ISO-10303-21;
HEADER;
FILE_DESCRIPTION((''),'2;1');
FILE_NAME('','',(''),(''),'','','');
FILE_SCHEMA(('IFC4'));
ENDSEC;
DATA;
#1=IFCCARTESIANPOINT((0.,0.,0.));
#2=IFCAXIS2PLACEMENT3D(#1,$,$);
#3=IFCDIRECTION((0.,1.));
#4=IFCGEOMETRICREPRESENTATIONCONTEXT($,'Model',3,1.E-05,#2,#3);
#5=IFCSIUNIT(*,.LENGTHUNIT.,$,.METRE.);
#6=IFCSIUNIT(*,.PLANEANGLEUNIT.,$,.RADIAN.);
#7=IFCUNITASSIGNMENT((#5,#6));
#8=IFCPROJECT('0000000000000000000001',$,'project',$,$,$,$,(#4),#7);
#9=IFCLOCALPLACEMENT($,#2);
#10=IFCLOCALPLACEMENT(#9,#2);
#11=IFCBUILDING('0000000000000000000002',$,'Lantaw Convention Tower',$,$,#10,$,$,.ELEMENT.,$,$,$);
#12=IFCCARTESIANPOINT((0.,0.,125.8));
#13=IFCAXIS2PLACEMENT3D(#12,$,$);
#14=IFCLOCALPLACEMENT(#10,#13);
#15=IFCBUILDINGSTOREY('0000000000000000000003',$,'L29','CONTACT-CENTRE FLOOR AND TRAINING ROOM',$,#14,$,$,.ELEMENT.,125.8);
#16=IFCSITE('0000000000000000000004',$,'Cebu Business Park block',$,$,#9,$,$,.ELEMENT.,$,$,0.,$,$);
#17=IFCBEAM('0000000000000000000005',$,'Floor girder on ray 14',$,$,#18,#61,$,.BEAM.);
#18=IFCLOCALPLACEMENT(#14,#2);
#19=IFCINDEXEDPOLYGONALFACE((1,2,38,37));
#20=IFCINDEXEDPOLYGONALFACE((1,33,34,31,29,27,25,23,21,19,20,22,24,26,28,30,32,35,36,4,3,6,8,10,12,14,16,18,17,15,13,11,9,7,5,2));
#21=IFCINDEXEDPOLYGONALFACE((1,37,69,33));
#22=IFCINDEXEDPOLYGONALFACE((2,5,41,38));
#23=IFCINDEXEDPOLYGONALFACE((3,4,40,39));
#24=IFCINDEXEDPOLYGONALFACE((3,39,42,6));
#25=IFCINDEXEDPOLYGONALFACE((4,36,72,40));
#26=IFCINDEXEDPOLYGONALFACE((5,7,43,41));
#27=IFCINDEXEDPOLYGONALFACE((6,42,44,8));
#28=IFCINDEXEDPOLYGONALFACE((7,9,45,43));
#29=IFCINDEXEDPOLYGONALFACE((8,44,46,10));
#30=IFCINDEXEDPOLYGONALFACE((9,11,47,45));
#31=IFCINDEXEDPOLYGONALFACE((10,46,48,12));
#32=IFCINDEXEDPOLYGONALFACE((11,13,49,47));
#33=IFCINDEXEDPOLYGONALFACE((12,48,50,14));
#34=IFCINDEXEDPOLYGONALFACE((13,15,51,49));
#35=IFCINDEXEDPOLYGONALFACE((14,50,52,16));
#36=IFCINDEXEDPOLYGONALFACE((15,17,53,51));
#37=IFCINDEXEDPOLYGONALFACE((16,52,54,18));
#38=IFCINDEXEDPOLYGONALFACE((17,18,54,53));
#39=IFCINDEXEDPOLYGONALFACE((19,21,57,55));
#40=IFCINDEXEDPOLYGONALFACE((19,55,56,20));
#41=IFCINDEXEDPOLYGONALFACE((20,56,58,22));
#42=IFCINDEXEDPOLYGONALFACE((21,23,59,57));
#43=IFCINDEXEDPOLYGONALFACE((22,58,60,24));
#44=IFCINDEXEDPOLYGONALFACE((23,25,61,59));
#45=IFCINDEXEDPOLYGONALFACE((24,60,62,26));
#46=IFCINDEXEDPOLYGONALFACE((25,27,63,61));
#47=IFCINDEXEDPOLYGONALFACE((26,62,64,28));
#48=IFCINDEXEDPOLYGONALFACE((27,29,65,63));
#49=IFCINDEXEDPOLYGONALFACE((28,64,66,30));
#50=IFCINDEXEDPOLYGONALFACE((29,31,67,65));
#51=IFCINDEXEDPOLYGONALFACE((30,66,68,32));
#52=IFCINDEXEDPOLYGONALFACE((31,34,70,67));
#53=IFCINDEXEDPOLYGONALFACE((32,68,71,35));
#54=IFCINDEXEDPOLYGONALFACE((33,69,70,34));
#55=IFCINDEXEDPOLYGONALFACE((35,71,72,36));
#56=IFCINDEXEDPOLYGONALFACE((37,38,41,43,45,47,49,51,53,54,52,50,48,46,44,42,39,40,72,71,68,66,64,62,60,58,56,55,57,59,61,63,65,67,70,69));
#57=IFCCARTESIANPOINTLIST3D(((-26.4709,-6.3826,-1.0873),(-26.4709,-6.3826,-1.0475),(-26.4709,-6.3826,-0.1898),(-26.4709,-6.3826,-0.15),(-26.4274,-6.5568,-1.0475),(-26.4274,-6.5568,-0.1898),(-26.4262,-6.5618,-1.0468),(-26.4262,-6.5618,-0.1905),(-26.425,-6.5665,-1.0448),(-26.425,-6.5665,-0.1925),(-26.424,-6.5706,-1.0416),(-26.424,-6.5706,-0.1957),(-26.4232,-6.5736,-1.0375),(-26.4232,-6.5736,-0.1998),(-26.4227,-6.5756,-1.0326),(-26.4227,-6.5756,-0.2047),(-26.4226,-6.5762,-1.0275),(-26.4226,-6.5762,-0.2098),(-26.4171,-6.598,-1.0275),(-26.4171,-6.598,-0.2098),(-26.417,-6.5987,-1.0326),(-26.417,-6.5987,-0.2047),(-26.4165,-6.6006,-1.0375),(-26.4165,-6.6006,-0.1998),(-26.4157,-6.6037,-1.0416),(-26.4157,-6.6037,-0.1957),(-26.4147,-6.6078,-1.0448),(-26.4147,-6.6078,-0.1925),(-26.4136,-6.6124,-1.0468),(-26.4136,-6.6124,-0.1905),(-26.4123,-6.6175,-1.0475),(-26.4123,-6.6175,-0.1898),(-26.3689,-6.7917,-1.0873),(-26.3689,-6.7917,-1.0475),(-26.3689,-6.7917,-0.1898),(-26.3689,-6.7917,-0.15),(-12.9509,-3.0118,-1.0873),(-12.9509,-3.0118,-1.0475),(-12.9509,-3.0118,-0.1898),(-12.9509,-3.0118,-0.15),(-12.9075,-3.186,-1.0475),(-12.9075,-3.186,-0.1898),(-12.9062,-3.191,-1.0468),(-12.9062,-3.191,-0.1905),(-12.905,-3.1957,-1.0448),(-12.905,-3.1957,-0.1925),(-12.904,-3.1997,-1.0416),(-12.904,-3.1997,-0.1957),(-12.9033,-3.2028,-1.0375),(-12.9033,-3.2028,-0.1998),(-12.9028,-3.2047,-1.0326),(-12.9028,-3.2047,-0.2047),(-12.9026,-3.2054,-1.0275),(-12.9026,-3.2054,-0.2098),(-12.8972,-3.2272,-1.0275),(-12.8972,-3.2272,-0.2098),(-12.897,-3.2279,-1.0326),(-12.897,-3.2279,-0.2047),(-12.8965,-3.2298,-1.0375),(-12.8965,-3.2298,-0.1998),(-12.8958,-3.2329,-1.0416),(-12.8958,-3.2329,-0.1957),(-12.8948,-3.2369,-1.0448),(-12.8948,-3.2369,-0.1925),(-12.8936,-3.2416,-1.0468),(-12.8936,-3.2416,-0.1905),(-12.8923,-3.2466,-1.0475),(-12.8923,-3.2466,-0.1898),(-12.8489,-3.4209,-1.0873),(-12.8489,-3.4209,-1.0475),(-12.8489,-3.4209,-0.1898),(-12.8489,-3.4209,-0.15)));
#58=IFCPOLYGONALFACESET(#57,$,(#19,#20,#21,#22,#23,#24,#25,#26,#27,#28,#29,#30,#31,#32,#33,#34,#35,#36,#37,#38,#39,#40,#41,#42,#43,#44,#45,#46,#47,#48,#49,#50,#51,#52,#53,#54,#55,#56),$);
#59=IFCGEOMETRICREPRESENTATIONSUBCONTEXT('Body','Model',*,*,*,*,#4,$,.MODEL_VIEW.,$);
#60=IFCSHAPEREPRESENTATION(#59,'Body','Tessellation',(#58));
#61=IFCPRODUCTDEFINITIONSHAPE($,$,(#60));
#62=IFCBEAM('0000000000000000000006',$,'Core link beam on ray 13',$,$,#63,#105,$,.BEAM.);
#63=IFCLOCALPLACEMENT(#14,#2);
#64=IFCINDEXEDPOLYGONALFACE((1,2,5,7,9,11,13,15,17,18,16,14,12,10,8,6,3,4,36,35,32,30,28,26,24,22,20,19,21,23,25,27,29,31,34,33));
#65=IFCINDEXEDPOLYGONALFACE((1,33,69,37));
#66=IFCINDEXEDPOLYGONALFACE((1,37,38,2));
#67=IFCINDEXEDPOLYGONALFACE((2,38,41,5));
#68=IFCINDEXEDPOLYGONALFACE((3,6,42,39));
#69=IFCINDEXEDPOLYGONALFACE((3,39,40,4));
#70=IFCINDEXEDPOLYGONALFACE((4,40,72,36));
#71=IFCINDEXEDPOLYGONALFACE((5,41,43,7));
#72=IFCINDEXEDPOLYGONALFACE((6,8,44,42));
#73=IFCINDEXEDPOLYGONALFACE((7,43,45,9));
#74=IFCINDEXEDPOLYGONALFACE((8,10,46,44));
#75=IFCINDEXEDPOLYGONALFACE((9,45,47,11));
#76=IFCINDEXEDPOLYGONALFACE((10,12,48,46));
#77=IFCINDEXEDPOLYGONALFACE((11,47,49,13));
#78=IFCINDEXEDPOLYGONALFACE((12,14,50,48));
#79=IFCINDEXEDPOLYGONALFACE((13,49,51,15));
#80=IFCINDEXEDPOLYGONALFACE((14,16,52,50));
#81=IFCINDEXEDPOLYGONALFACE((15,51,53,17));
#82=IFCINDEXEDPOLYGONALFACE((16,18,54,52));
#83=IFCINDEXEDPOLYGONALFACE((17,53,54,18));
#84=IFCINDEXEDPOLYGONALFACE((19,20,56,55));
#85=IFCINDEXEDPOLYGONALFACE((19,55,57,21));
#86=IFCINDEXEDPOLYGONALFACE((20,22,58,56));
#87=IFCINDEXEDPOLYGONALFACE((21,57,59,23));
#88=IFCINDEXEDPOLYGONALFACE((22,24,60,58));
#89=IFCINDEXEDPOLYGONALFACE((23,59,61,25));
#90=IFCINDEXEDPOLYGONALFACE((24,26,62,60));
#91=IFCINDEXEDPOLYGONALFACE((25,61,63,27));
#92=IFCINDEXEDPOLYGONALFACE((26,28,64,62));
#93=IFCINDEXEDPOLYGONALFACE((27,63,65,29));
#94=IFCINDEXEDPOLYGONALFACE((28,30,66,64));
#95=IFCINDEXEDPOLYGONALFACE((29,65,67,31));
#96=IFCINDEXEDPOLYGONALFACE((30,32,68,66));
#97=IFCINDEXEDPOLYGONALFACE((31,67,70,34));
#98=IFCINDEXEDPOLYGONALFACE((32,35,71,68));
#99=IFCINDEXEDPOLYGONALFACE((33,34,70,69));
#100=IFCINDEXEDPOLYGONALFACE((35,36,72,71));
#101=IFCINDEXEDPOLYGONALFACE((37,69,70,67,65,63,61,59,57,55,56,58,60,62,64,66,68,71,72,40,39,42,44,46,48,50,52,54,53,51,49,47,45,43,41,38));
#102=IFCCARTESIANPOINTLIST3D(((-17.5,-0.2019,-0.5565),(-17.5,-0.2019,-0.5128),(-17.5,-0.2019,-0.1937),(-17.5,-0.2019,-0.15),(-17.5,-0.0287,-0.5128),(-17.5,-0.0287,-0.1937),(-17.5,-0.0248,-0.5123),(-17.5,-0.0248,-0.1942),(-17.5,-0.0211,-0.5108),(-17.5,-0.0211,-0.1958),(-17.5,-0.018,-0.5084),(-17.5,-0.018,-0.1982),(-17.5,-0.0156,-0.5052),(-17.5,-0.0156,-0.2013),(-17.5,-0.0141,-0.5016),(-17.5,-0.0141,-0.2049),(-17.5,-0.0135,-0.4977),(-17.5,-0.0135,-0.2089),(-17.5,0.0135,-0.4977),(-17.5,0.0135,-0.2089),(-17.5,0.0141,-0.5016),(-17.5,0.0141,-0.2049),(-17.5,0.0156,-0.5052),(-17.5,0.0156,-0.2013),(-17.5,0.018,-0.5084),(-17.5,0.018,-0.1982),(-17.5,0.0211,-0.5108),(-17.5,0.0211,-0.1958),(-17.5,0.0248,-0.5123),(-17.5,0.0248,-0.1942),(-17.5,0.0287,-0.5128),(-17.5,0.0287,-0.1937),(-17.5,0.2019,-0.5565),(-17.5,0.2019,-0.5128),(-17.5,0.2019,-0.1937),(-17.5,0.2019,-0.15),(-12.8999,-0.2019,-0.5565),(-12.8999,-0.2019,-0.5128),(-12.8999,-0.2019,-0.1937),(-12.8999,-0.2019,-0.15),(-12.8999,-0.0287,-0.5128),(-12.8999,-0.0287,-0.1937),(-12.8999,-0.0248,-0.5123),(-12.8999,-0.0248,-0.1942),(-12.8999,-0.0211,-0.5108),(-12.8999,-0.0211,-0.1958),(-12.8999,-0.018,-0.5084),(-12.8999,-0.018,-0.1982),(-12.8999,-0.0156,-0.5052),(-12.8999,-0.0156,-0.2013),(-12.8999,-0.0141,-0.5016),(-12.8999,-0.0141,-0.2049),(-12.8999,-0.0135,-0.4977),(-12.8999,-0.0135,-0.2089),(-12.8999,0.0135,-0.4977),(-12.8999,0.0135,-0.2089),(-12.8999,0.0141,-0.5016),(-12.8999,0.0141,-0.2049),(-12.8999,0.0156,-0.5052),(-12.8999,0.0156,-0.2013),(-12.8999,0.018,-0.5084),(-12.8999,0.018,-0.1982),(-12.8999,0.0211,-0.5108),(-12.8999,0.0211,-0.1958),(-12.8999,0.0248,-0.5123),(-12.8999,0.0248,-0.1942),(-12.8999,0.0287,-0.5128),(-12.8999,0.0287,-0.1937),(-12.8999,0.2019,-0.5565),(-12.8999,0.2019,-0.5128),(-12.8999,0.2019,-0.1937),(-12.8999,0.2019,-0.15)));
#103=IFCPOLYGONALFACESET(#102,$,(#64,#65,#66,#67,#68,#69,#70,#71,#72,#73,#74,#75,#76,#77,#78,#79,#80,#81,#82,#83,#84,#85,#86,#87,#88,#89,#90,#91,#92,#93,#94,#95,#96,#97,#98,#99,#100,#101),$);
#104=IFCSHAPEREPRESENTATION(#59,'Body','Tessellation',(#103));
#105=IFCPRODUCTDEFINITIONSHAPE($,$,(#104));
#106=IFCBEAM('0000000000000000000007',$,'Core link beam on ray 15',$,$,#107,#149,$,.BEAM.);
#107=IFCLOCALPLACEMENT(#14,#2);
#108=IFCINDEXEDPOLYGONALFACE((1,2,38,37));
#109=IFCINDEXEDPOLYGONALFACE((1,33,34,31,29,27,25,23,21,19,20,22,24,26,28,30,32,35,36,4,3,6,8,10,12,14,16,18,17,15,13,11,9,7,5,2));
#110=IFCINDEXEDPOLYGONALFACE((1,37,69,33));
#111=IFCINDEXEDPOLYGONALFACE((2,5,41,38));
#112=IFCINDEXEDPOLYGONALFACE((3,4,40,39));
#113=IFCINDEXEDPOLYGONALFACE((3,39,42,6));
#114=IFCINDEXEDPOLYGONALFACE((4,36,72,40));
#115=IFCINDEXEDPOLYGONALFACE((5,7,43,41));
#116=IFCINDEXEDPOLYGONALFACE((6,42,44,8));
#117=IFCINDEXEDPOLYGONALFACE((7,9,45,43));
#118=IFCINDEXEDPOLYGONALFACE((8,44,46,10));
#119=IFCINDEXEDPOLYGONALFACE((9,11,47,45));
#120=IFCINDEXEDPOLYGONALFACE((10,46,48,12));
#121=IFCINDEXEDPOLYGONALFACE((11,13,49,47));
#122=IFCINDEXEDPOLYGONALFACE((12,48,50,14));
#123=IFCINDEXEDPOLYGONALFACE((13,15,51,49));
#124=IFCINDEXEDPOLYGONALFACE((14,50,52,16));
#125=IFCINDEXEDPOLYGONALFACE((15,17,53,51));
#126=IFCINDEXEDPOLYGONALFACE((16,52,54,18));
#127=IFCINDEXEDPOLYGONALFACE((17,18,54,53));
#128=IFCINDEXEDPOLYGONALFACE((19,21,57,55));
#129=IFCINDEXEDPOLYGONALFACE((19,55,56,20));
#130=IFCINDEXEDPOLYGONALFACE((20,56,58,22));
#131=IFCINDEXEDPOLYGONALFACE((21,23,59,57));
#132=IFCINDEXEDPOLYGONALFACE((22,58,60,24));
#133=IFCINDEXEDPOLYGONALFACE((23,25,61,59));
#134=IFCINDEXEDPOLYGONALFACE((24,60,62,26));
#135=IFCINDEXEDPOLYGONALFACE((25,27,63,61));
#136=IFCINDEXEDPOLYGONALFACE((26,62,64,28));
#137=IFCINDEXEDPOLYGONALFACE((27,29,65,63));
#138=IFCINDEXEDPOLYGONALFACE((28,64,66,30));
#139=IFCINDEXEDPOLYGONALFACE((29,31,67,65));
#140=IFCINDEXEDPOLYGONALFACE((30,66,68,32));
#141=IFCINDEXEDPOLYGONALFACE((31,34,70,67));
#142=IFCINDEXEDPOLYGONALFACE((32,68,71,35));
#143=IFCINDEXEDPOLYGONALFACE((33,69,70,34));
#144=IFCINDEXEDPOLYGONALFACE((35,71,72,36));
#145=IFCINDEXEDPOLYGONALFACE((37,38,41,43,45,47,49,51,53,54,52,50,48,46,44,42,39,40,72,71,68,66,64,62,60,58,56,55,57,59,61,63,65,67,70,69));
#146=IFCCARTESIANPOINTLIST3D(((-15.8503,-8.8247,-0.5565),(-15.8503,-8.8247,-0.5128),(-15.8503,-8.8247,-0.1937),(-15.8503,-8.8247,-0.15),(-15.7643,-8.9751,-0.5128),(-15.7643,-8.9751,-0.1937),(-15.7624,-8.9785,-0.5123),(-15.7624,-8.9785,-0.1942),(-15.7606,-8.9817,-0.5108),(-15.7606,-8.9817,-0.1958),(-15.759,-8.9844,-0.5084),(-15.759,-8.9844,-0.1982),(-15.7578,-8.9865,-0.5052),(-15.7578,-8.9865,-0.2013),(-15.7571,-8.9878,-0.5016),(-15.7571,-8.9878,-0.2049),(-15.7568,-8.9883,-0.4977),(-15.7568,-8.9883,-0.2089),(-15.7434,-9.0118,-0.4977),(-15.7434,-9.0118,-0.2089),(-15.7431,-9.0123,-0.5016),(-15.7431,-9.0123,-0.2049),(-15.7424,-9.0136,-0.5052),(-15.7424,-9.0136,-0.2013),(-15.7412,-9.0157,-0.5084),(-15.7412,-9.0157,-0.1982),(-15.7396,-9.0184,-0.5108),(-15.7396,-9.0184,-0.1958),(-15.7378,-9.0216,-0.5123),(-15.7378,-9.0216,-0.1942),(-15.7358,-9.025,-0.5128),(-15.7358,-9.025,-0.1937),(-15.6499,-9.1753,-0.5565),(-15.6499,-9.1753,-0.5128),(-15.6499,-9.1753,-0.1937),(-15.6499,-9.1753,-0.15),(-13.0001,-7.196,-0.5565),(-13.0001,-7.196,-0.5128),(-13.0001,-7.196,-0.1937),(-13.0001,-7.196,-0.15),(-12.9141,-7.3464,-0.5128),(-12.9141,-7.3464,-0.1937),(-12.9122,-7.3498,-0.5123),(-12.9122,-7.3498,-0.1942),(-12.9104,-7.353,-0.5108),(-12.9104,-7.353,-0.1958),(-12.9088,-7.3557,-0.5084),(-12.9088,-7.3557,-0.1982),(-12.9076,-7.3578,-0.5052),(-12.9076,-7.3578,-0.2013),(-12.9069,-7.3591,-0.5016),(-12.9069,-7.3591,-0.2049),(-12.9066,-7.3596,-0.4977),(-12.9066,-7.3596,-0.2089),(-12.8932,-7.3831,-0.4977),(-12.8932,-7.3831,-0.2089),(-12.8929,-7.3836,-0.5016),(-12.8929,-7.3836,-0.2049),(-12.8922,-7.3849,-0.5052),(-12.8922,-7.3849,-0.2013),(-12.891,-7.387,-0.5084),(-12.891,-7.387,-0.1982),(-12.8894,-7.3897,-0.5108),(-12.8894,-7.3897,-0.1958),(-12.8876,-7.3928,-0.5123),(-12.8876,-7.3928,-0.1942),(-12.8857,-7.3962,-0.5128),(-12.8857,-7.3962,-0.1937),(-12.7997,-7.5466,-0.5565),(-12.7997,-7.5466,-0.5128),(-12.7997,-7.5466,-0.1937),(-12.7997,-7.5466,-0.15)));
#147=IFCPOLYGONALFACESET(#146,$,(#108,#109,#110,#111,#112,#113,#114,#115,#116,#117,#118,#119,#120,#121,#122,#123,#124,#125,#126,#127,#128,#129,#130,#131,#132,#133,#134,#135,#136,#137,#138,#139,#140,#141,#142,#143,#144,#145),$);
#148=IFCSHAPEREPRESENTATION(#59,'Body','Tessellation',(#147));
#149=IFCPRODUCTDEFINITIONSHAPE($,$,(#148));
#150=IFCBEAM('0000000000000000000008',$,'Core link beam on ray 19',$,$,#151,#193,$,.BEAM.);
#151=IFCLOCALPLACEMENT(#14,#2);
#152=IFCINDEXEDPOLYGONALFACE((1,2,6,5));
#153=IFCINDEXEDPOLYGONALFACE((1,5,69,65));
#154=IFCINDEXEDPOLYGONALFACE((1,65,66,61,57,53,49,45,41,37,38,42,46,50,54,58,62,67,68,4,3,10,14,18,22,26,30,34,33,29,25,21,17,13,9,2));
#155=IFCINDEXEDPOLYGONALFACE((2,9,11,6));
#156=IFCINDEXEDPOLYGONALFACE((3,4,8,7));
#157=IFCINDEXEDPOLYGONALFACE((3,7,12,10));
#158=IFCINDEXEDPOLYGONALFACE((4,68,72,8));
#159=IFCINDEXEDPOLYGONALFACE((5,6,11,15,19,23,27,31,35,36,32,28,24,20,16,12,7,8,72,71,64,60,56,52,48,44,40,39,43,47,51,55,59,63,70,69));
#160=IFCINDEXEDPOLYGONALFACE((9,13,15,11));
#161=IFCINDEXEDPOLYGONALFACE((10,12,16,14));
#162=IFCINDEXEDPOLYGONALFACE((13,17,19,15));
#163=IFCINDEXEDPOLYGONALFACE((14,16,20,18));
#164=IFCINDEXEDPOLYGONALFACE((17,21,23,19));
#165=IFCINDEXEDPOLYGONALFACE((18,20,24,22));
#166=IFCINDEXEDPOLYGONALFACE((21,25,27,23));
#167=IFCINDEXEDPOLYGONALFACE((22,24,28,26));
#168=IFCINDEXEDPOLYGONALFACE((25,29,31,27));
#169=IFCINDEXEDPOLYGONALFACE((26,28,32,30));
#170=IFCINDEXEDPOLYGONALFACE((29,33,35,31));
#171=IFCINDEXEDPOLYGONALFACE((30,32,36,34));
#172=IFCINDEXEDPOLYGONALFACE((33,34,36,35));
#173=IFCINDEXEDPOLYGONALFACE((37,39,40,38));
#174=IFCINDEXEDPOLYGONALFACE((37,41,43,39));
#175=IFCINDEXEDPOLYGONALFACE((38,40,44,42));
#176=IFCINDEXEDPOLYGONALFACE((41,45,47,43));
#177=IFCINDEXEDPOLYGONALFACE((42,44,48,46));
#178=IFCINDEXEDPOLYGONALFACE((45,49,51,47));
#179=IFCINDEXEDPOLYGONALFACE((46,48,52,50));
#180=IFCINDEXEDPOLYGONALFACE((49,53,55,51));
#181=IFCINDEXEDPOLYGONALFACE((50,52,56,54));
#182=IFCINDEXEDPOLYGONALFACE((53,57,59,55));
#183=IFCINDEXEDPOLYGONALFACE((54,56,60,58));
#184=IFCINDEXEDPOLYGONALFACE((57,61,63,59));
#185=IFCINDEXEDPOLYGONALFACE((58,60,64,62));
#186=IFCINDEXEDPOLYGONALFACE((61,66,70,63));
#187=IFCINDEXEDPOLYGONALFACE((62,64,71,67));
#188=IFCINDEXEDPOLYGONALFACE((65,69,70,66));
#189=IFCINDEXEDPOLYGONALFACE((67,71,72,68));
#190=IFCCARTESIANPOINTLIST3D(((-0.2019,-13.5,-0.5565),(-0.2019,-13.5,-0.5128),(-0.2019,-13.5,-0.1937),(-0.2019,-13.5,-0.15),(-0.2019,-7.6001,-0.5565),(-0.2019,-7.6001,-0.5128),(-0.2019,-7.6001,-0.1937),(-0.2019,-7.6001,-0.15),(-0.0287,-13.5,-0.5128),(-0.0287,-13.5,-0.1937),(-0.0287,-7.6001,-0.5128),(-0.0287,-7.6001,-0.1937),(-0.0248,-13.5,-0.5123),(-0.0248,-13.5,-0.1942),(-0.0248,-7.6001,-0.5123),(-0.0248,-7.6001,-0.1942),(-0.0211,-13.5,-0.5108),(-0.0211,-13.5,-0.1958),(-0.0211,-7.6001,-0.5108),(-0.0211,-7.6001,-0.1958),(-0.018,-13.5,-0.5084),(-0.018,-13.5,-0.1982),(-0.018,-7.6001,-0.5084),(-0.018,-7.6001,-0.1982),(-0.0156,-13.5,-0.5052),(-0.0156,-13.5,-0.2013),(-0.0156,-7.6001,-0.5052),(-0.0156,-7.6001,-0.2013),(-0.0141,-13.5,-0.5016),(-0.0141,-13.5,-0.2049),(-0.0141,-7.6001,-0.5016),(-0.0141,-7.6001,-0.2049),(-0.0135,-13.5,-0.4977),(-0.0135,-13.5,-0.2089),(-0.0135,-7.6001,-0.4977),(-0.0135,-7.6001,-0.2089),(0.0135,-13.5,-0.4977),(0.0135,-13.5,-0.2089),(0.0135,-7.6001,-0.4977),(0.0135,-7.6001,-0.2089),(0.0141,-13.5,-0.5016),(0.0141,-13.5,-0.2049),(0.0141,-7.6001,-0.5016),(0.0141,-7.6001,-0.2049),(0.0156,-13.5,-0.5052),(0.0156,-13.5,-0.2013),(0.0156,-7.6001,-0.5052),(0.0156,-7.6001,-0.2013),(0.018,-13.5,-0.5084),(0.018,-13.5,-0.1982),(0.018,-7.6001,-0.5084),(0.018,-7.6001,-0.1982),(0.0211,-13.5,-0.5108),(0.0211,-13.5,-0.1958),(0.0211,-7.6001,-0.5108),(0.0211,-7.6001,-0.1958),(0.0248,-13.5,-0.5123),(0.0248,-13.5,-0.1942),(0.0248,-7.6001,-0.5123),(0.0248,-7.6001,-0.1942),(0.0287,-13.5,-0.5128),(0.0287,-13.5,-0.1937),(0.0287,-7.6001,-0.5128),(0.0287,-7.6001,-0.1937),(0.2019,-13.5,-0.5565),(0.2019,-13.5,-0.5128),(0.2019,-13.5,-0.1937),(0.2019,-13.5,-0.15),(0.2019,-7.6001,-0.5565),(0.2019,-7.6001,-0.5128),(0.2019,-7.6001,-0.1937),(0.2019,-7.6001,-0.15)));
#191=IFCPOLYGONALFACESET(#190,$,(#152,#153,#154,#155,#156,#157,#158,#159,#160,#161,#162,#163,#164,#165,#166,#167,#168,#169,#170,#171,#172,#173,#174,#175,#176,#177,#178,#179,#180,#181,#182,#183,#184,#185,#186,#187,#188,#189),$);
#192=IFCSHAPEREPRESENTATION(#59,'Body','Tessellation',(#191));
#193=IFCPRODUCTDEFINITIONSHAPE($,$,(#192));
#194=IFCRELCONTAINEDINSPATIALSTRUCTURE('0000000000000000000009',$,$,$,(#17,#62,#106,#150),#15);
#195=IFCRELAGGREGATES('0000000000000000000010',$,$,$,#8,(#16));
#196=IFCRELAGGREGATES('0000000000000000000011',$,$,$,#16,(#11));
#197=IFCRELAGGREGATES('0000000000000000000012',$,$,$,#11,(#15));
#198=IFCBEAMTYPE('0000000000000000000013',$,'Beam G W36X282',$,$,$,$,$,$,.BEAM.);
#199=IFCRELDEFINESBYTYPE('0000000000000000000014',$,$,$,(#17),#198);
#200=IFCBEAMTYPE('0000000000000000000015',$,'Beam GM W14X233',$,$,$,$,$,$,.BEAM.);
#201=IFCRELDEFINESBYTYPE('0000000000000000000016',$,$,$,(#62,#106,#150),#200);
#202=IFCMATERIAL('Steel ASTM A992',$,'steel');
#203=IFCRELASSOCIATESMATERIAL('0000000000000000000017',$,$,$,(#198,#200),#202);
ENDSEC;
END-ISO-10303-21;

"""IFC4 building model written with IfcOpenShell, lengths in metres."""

from ifc_helpers import new_model, si_unit, direction, frame, origin, origin_2d, place, context, subcontext, project, spatial, i_section, extrude, material, material_profile, profile_set, type_object, element, save


model = new_model("IFC4")

# Units and contexts
model_context = context("Model", 3, precision=1e-05, world=origin(), true_north=direction((0.0, 1.0)))
body_context = subcontext(model_context, "Body", "Model", "MODEL_VIEW")
ifc_project = project(units=[si_unit("LENGTHUNIT", "METRE"), si_unit("PLANEANGLEUNIT", "RADIAN")], contexts=[model_context])

# Site, building, storey
site_placement = place(None, origin())
site = spatial("IfcSite", under=ifc_project, at=site_placement, Name="Cebu Business Park block", CompositionType="ELEMENT", RefElevation=0.0)
building_placement = place(site_placement, origin())
building = spatial("IfcBuilding", under=site, at=building_placement, Name="Lantaw Convention Tower", CompositionType="ELEMENT")
storey_placement = place(building_placement, frame((0.0, 0.0, 125.8)))
storey = spatial("IfcBuildingStorey", under=building, at=storey_placement, Name="L29", Description="CONTACT-CENTRE FLOOR AND TRAINING ROOM", CompositionType="ELEMENT", Elevation=125.8)

# Beams
ifc_material_1 = material(Name="Steel ASTM A992", Category="steel")
ifc_material_profile_1 = material_profile(ifc_material_1, i_section(OverallWidth=0.4216, OverallDepth=0.9373, WebThickness=0.0225, FlangeThickness=0.0398, FilletRadius=0.02, at=origin_2d()), Name="W36X282")
ifc_profile_set_1 = profile_set([ifc_material_profile_1], Name="Steel ASTM A992")
beam_type_1 = type_object("IfcBeamType", Name="Beam G W36X282", PredefinedType="BEAM", material=ifc_profile_set_1)
beam_1_placement = place(storey_placement, frame((-12.8999, -3.2163, -0.6187), z_axis=(-0.970297, -0.241917, 0.0), x_axis=(0.241917, -0.970297, 0.0)))
element("IfcBeam", 1, at=beam_1_placement, inside=storey, type_object=beam_type_1, Name="Floor girder on ray 14", PredefinedType="BEAM", context=body_context, shape_type="SweptSolid", body=[
    extrude(i_section(OverallWidth=0.4216, OverallDepth=0.9373, WebThickness=0.0225, FlangeThickness=0.0398, FilletRadius=0.02, at=origin_2d()), origin(), (0.0, 0.0, 1.0), 13.9338),
])
ifc_material_profile_2 = material_profile(ifc_material_1, i_section(OverallWidth=0.4038, OverallDepth=0.4065, WebThickness=0.0271, FlangeThickness=0.0437, FilletRadius=0.0151, at=origin_2d()), Name="W14X233")
ifc_profile_set_2 = profile_set([ifc_material_profile_2], Name="Steel ASTM A992")
beam_type_2 = type_object("IfcBeamType", Name="Beam GM W14X233", PredefinedType="BEAM", material=ifc_profile_set_2)
beam_2_placement = place(storey_placement, frame((-12.8999, 0.0, -0.3533), z_axis=(-1.0, 0.0, 0.0), x_axis=(0.0, -1.0, 0.0)))
element("IfcBeam", 2, at=beam_2_placement, inside=storey, type_object=beam_type_2, Name="Core link beam on ray 13", PredefinedType="BEAM", context=body_context, shape_type="SweptSolid", body=[
    extrude(i_section(OverallWidth=0.4038, OverallDepth=0.4065, WebThickness=0.0271, FlangeThickness=0.0437, FilletRadius=0.0151, at=origin_2d()), origin(), (0.0, 0.0, 1.0), 4.6001),
])
beam_3_placement = place(storey_placement, frame((-12.8999, -7.3713, -0.3533), z_axis=(-0.868239, -0.496147, 0.0), x_axis=(0.496147, -0.868239, 0.0)))
element("IfcBeam", 3, at=beam_3_placement, inside=storey, type_object=beam_type_2, Name="Core link beam on ray 15", PredefinedType="BEAM", context=body_context, shape_type="SweptSolid", body=[
    extrude(i_section(OverallWidth=0.4038, OverallDepth=0.4065, WebThickness=0.0271, FlangeThickness=0.0437, FilletRadius=0.0151, at=origin_2d()), origin(), (0.0, 0.0, 1.0), 3.2827),
])
beam_4_placement = place(storey_placement, frame((0.0, -7.6001, -0.3533), z_axis=(0.0, -1.0, 0.0), x_axis=(1.0, 0.0, 0.0)))
element("IfcBeam", 4, at=beam_4_placement, inside=storey, type_object=beam_type_2, Name="Core link beam on ray 19", PredefinedType="BEAM", context=body_context, shape_type="SweptSolid", body=[
    extrude(i_section(OverallWidth=0.4038, OverallDepth=0.4065, WebThickness=0.0271, FlangeThickness=0.0437, FilletRadius=0.0151, at=origin_2d()), origin(), (0.0, 0.0, 1.0), 5.8999),
])

save(model, "model.ifc")
